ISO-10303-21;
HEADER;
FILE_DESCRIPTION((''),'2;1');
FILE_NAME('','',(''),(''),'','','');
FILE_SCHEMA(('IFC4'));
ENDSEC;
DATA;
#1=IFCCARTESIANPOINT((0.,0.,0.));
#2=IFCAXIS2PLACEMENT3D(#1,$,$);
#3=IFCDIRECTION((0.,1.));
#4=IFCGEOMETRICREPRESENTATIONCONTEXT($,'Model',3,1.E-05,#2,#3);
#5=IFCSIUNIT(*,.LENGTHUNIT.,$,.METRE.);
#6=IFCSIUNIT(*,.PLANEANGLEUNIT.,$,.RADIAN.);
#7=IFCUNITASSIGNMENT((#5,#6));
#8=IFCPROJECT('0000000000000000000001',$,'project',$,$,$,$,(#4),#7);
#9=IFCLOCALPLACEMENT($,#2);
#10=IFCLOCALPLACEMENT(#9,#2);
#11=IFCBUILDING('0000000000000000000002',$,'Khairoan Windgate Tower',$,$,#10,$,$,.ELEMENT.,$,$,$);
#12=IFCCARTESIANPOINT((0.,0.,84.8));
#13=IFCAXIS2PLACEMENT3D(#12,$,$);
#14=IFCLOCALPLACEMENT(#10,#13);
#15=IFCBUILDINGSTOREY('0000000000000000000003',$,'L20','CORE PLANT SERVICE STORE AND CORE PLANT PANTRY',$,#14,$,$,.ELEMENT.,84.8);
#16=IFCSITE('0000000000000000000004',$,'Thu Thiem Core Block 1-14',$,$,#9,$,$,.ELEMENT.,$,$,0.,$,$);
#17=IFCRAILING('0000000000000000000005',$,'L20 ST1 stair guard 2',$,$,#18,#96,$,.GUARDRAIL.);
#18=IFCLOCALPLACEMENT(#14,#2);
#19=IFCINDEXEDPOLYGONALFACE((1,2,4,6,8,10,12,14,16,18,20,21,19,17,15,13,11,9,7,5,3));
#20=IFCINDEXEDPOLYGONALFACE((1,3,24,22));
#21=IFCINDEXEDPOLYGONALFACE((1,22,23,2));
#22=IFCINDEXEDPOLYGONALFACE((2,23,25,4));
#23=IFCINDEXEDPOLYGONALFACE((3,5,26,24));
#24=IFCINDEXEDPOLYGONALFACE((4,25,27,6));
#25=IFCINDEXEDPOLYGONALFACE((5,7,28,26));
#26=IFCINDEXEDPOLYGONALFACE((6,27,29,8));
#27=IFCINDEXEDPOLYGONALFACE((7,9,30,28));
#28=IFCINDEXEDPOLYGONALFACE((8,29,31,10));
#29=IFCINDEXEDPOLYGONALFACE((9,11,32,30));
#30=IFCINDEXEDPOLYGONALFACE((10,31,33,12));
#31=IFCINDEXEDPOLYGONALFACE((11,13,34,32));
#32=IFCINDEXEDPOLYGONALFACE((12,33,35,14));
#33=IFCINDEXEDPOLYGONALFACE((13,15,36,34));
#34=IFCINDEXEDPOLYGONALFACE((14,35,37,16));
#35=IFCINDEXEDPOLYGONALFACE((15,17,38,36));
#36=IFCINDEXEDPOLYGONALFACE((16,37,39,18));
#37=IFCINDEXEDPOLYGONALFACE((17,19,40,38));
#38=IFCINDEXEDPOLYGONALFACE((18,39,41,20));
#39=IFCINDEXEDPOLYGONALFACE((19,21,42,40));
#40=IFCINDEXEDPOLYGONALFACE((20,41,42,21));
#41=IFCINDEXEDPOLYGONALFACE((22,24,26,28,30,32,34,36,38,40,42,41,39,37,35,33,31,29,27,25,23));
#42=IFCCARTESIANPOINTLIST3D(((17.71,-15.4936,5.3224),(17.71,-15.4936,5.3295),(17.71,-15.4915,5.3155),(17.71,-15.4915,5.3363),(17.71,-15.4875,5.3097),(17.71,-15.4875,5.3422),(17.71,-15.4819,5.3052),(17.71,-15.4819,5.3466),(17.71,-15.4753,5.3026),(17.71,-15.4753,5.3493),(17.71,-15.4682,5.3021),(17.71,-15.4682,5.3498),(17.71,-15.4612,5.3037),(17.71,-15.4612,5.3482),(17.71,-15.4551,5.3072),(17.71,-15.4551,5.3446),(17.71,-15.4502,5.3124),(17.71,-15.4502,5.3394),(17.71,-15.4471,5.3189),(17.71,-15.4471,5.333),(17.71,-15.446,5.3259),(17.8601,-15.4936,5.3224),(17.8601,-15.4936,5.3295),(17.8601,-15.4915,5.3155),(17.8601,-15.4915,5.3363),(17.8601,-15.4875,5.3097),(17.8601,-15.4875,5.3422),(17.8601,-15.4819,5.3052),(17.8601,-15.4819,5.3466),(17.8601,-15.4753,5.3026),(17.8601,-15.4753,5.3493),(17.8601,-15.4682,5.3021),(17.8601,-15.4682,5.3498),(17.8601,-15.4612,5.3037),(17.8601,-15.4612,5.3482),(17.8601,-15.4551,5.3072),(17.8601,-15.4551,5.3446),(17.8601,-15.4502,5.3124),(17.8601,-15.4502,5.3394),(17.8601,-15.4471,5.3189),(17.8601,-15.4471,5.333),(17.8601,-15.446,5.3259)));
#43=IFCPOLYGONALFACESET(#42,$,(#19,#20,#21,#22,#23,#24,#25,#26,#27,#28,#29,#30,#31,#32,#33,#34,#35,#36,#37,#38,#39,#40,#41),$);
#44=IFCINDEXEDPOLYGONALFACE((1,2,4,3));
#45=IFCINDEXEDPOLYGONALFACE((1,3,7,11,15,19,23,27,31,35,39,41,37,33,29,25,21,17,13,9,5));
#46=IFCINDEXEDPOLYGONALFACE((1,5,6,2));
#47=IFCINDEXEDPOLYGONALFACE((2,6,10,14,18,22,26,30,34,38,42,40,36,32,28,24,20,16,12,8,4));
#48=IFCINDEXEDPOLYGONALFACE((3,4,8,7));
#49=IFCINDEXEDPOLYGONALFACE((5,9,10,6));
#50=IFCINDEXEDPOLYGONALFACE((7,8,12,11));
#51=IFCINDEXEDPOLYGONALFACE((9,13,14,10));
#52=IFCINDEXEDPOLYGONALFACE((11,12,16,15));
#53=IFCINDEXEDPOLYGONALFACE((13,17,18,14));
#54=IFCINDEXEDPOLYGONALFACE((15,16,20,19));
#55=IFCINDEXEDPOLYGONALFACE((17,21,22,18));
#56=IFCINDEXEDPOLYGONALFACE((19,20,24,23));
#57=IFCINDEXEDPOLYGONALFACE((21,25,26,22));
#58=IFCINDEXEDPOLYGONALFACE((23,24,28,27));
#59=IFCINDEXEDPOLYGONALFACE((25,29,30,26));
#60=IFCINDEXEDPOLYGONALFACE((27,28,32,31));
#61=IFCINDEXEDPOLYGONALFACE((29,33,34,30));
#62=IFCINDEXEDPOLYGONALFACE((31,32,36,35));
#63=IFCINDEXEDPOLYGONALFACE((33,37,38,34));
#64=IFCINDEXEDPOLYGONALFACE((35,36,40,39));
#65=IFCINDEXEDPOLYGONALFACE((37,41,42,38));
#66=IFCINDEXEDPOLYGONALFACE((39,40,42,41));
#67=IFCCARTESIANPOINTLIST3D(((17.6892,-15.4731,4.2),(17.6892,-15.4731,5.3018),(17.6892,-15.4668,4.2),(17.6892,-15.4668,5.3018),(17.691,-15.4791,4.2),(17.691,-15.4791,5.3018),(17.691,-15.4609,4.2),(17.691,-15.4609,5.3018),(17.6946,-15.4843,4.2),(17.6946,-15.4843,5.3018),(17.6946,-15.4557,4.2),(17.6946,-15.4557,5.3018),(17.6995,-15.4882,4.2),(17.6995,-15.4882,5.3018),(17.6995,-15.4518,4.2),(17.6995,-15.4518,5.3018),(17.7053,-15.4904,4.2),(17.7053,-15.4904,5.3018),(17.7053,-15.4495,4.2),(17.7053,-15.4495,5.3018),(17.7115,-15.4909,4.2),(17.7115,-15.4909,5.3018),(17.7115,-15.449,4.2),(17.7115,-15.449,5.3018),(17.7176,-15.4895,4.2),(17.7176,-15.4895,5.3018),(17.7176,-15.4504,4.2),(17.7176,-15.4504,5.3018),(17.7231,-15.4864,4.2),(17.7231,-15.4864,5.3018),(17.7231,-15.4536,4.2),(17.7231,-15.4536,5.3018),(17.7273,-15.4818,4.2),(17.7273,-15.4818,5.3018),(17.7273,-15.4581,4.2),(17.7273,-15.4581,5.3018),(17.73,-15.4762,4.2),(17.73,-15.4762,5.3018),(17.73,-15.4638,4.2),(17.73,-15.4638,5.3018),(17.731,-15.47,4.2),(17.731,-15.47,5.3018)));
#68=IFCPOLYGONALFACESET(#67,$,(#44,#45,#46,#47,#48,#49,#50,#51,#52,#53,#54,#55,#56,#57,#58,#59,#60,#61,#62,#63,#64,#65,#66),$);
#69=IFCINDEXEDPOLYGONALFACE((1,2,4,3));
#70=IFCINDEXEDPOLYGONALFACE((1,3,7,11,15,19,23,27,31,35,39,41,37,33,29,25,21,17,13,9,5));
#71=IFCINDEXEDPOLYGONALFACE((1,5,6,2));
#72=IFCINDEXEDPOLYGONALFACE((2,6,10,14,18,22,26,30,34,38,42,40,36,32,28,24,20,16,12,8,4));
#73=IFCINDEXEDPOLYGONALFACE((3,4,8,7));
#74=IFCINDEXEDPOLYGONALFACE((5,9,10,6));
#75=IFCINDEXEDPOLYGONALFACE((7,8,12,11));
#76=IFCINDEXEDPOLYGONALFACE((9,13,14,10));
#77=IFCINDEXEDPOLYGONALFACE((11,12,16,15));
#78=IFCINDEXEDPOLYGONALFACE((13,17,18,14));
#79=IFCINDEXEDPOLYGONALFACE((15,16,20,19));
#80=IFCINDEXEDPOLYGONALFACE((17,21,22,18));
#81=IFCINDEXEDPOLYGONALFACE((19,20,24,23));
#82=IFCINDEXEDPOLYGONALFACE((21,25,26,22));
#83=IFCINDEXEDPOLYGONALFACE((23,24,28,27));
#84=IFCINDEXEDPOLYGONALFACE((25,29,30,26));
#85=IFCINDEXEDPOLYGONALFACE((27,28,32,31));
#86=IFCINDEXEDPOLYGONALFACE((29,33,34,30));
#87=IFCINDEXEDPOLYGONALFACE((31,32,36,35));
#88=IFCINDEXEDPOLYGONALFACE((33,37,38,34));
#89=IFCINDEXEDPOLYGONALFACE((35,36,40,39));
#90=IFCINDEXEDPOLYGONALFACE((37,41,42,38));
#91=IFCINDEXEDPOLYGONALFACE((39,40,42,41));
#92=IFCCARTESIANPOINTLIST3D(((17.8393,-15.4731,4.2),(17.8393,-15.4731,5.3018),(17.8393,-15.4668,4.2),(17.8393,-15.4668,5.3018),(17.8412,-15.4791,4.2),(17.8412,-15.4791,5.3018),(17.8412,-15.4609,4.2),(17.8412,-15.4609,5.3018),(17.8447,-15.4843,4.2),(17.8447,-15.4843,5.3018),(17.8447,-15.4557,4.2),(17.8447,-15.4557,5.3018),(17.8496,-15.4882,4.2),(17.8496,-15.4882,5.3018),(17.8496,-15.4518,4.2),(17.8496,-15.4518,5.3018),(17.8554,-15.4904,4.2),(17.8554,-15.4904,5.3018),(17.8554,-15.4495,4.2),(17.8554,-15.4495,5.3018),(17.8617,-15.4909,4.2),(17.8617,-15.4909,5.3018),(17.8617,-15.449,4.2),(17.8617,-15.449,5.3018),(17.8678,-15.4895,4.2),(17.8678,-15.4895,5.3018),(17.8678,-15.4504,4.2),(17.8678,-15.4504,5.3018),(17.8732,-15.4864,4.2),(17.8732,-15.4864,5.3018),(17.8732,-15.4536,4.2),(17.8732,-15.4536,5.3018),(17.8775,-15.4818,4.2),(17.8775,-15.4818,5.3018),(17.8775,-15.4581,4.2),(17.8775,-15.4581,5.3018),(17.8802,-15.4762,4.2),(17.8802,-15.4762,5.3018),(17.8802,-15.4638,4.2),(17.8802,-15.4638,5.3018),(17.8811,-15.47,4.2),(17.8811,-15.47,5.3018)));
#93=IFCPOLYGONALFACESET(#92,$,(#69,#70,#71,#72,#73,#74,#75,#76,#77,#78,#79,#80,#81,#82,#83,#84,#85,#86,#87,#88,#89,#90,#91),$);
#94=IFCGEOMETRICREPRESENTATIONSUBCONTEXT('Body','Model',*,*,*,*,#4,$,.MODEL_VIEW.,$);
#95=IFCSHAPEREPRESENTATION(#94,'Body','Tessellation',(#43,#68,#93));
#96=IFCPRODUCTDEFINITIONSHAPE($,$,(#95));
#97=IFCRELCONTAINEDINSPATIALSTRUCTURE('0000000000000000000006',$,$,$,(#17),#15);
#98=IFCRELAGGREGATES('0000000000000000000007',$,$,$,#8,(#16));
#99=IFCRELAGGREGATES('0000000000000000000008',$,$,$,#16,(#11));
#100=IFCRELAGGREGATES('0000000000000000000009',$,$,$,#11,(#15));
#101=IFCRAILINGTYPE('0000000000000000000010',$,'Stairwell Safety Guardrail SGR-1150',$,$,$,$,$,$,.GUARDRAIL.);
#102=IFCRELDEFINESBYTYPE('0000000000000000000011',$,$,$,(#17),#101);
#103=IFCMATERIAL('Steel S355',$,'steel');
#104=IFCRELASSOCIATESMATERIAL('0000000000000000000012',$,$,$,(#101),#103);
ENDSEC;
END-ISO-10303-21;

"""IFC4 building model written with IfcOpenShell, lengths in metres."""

from ifc_helpers import new_model, si_unit, direction, frame, origin, origin_2d, place, context, subcontext, project, spatial, circle, extrude, material, type_object, element, save


model = new_model("IFC4")

# Units and contexts
model_context = context("Model", 3, precision=1e-05, world=origin(), true_north=direction((0.0, 1.0)))
body_context = subcontext(model_context, "Body", "Model", "MODEL_VIEW")
ifc_project = project(units=[si_unit("LENGTHUNIT", "METRE"), si_unit("PLANEANGLEUNIT", "RADIAN")], contexts=[model_context])

# Site, building, storey
site_placement = place(None, origin())
site = spatial("IfcSite", under=ifc_project, at=site_placement, Name="Thu Thiem Core Block 1-14", CompositionType="ELEMENT", RefElevation=0.0)
building_placement = place(site_placement, origin())
building = spatial("IfcBuilding", under=site, at=building_placement, Name="Khairoan Windgate Tower", CompositionType="ELEMENT")
storey_placement = place(building_placement, frame((0.0, 0.0, 84.8)))
storey = spatial("IfcBuildingStorey", under=building, at=storey_placement, Name="L20", Description="CORE PLANT SERVICE STORE AND CORE PLANT PANTRY", CompositionType="ELEMENT", Elevation=84.8)

# Railing
ifc_material_1 = material(Name="Steel S355", Category="steel")
railing_type_1 = type_object("IfcRailingType", Name="Stairwell Safety Guardrail SGR-1150", PredefinedType="GUARDRAIL", material=ifc_material_1)
railing_1_placement = place(storey_placement, frame((17.71, -15.47, 4.2)))
element("IfcRailing", 1, at=railing_1_placement, inside=storey, type_object=railing_type_1, Name="L20 ST1 stair guard 2", PredefinedType="GUARDRAIL", context=body_context, shape_type="SweptSolid", body=[
    extrude(circle(Radius=0.0239, at=origin_2d()), frame((0.0, 0.0, 1.126), z_axis=(1.0, 0.0, 0.0), x_axis=(0.0, 1.0, 0.0)), (0.0, 0.0, 1.0), 0.1501),
    extrude(circle(Radius=0.021, at=origin_2d()), origin(), (0.0, 0.0, 1.0), 1.1018),
    extrude(circle(Radius=0.021, at=origin_2d()), frame((0.1501, 0.0, 0.0)), (0.0, 0.0, 1.0), 1.1018),
])

save(model, "model.ifc")
